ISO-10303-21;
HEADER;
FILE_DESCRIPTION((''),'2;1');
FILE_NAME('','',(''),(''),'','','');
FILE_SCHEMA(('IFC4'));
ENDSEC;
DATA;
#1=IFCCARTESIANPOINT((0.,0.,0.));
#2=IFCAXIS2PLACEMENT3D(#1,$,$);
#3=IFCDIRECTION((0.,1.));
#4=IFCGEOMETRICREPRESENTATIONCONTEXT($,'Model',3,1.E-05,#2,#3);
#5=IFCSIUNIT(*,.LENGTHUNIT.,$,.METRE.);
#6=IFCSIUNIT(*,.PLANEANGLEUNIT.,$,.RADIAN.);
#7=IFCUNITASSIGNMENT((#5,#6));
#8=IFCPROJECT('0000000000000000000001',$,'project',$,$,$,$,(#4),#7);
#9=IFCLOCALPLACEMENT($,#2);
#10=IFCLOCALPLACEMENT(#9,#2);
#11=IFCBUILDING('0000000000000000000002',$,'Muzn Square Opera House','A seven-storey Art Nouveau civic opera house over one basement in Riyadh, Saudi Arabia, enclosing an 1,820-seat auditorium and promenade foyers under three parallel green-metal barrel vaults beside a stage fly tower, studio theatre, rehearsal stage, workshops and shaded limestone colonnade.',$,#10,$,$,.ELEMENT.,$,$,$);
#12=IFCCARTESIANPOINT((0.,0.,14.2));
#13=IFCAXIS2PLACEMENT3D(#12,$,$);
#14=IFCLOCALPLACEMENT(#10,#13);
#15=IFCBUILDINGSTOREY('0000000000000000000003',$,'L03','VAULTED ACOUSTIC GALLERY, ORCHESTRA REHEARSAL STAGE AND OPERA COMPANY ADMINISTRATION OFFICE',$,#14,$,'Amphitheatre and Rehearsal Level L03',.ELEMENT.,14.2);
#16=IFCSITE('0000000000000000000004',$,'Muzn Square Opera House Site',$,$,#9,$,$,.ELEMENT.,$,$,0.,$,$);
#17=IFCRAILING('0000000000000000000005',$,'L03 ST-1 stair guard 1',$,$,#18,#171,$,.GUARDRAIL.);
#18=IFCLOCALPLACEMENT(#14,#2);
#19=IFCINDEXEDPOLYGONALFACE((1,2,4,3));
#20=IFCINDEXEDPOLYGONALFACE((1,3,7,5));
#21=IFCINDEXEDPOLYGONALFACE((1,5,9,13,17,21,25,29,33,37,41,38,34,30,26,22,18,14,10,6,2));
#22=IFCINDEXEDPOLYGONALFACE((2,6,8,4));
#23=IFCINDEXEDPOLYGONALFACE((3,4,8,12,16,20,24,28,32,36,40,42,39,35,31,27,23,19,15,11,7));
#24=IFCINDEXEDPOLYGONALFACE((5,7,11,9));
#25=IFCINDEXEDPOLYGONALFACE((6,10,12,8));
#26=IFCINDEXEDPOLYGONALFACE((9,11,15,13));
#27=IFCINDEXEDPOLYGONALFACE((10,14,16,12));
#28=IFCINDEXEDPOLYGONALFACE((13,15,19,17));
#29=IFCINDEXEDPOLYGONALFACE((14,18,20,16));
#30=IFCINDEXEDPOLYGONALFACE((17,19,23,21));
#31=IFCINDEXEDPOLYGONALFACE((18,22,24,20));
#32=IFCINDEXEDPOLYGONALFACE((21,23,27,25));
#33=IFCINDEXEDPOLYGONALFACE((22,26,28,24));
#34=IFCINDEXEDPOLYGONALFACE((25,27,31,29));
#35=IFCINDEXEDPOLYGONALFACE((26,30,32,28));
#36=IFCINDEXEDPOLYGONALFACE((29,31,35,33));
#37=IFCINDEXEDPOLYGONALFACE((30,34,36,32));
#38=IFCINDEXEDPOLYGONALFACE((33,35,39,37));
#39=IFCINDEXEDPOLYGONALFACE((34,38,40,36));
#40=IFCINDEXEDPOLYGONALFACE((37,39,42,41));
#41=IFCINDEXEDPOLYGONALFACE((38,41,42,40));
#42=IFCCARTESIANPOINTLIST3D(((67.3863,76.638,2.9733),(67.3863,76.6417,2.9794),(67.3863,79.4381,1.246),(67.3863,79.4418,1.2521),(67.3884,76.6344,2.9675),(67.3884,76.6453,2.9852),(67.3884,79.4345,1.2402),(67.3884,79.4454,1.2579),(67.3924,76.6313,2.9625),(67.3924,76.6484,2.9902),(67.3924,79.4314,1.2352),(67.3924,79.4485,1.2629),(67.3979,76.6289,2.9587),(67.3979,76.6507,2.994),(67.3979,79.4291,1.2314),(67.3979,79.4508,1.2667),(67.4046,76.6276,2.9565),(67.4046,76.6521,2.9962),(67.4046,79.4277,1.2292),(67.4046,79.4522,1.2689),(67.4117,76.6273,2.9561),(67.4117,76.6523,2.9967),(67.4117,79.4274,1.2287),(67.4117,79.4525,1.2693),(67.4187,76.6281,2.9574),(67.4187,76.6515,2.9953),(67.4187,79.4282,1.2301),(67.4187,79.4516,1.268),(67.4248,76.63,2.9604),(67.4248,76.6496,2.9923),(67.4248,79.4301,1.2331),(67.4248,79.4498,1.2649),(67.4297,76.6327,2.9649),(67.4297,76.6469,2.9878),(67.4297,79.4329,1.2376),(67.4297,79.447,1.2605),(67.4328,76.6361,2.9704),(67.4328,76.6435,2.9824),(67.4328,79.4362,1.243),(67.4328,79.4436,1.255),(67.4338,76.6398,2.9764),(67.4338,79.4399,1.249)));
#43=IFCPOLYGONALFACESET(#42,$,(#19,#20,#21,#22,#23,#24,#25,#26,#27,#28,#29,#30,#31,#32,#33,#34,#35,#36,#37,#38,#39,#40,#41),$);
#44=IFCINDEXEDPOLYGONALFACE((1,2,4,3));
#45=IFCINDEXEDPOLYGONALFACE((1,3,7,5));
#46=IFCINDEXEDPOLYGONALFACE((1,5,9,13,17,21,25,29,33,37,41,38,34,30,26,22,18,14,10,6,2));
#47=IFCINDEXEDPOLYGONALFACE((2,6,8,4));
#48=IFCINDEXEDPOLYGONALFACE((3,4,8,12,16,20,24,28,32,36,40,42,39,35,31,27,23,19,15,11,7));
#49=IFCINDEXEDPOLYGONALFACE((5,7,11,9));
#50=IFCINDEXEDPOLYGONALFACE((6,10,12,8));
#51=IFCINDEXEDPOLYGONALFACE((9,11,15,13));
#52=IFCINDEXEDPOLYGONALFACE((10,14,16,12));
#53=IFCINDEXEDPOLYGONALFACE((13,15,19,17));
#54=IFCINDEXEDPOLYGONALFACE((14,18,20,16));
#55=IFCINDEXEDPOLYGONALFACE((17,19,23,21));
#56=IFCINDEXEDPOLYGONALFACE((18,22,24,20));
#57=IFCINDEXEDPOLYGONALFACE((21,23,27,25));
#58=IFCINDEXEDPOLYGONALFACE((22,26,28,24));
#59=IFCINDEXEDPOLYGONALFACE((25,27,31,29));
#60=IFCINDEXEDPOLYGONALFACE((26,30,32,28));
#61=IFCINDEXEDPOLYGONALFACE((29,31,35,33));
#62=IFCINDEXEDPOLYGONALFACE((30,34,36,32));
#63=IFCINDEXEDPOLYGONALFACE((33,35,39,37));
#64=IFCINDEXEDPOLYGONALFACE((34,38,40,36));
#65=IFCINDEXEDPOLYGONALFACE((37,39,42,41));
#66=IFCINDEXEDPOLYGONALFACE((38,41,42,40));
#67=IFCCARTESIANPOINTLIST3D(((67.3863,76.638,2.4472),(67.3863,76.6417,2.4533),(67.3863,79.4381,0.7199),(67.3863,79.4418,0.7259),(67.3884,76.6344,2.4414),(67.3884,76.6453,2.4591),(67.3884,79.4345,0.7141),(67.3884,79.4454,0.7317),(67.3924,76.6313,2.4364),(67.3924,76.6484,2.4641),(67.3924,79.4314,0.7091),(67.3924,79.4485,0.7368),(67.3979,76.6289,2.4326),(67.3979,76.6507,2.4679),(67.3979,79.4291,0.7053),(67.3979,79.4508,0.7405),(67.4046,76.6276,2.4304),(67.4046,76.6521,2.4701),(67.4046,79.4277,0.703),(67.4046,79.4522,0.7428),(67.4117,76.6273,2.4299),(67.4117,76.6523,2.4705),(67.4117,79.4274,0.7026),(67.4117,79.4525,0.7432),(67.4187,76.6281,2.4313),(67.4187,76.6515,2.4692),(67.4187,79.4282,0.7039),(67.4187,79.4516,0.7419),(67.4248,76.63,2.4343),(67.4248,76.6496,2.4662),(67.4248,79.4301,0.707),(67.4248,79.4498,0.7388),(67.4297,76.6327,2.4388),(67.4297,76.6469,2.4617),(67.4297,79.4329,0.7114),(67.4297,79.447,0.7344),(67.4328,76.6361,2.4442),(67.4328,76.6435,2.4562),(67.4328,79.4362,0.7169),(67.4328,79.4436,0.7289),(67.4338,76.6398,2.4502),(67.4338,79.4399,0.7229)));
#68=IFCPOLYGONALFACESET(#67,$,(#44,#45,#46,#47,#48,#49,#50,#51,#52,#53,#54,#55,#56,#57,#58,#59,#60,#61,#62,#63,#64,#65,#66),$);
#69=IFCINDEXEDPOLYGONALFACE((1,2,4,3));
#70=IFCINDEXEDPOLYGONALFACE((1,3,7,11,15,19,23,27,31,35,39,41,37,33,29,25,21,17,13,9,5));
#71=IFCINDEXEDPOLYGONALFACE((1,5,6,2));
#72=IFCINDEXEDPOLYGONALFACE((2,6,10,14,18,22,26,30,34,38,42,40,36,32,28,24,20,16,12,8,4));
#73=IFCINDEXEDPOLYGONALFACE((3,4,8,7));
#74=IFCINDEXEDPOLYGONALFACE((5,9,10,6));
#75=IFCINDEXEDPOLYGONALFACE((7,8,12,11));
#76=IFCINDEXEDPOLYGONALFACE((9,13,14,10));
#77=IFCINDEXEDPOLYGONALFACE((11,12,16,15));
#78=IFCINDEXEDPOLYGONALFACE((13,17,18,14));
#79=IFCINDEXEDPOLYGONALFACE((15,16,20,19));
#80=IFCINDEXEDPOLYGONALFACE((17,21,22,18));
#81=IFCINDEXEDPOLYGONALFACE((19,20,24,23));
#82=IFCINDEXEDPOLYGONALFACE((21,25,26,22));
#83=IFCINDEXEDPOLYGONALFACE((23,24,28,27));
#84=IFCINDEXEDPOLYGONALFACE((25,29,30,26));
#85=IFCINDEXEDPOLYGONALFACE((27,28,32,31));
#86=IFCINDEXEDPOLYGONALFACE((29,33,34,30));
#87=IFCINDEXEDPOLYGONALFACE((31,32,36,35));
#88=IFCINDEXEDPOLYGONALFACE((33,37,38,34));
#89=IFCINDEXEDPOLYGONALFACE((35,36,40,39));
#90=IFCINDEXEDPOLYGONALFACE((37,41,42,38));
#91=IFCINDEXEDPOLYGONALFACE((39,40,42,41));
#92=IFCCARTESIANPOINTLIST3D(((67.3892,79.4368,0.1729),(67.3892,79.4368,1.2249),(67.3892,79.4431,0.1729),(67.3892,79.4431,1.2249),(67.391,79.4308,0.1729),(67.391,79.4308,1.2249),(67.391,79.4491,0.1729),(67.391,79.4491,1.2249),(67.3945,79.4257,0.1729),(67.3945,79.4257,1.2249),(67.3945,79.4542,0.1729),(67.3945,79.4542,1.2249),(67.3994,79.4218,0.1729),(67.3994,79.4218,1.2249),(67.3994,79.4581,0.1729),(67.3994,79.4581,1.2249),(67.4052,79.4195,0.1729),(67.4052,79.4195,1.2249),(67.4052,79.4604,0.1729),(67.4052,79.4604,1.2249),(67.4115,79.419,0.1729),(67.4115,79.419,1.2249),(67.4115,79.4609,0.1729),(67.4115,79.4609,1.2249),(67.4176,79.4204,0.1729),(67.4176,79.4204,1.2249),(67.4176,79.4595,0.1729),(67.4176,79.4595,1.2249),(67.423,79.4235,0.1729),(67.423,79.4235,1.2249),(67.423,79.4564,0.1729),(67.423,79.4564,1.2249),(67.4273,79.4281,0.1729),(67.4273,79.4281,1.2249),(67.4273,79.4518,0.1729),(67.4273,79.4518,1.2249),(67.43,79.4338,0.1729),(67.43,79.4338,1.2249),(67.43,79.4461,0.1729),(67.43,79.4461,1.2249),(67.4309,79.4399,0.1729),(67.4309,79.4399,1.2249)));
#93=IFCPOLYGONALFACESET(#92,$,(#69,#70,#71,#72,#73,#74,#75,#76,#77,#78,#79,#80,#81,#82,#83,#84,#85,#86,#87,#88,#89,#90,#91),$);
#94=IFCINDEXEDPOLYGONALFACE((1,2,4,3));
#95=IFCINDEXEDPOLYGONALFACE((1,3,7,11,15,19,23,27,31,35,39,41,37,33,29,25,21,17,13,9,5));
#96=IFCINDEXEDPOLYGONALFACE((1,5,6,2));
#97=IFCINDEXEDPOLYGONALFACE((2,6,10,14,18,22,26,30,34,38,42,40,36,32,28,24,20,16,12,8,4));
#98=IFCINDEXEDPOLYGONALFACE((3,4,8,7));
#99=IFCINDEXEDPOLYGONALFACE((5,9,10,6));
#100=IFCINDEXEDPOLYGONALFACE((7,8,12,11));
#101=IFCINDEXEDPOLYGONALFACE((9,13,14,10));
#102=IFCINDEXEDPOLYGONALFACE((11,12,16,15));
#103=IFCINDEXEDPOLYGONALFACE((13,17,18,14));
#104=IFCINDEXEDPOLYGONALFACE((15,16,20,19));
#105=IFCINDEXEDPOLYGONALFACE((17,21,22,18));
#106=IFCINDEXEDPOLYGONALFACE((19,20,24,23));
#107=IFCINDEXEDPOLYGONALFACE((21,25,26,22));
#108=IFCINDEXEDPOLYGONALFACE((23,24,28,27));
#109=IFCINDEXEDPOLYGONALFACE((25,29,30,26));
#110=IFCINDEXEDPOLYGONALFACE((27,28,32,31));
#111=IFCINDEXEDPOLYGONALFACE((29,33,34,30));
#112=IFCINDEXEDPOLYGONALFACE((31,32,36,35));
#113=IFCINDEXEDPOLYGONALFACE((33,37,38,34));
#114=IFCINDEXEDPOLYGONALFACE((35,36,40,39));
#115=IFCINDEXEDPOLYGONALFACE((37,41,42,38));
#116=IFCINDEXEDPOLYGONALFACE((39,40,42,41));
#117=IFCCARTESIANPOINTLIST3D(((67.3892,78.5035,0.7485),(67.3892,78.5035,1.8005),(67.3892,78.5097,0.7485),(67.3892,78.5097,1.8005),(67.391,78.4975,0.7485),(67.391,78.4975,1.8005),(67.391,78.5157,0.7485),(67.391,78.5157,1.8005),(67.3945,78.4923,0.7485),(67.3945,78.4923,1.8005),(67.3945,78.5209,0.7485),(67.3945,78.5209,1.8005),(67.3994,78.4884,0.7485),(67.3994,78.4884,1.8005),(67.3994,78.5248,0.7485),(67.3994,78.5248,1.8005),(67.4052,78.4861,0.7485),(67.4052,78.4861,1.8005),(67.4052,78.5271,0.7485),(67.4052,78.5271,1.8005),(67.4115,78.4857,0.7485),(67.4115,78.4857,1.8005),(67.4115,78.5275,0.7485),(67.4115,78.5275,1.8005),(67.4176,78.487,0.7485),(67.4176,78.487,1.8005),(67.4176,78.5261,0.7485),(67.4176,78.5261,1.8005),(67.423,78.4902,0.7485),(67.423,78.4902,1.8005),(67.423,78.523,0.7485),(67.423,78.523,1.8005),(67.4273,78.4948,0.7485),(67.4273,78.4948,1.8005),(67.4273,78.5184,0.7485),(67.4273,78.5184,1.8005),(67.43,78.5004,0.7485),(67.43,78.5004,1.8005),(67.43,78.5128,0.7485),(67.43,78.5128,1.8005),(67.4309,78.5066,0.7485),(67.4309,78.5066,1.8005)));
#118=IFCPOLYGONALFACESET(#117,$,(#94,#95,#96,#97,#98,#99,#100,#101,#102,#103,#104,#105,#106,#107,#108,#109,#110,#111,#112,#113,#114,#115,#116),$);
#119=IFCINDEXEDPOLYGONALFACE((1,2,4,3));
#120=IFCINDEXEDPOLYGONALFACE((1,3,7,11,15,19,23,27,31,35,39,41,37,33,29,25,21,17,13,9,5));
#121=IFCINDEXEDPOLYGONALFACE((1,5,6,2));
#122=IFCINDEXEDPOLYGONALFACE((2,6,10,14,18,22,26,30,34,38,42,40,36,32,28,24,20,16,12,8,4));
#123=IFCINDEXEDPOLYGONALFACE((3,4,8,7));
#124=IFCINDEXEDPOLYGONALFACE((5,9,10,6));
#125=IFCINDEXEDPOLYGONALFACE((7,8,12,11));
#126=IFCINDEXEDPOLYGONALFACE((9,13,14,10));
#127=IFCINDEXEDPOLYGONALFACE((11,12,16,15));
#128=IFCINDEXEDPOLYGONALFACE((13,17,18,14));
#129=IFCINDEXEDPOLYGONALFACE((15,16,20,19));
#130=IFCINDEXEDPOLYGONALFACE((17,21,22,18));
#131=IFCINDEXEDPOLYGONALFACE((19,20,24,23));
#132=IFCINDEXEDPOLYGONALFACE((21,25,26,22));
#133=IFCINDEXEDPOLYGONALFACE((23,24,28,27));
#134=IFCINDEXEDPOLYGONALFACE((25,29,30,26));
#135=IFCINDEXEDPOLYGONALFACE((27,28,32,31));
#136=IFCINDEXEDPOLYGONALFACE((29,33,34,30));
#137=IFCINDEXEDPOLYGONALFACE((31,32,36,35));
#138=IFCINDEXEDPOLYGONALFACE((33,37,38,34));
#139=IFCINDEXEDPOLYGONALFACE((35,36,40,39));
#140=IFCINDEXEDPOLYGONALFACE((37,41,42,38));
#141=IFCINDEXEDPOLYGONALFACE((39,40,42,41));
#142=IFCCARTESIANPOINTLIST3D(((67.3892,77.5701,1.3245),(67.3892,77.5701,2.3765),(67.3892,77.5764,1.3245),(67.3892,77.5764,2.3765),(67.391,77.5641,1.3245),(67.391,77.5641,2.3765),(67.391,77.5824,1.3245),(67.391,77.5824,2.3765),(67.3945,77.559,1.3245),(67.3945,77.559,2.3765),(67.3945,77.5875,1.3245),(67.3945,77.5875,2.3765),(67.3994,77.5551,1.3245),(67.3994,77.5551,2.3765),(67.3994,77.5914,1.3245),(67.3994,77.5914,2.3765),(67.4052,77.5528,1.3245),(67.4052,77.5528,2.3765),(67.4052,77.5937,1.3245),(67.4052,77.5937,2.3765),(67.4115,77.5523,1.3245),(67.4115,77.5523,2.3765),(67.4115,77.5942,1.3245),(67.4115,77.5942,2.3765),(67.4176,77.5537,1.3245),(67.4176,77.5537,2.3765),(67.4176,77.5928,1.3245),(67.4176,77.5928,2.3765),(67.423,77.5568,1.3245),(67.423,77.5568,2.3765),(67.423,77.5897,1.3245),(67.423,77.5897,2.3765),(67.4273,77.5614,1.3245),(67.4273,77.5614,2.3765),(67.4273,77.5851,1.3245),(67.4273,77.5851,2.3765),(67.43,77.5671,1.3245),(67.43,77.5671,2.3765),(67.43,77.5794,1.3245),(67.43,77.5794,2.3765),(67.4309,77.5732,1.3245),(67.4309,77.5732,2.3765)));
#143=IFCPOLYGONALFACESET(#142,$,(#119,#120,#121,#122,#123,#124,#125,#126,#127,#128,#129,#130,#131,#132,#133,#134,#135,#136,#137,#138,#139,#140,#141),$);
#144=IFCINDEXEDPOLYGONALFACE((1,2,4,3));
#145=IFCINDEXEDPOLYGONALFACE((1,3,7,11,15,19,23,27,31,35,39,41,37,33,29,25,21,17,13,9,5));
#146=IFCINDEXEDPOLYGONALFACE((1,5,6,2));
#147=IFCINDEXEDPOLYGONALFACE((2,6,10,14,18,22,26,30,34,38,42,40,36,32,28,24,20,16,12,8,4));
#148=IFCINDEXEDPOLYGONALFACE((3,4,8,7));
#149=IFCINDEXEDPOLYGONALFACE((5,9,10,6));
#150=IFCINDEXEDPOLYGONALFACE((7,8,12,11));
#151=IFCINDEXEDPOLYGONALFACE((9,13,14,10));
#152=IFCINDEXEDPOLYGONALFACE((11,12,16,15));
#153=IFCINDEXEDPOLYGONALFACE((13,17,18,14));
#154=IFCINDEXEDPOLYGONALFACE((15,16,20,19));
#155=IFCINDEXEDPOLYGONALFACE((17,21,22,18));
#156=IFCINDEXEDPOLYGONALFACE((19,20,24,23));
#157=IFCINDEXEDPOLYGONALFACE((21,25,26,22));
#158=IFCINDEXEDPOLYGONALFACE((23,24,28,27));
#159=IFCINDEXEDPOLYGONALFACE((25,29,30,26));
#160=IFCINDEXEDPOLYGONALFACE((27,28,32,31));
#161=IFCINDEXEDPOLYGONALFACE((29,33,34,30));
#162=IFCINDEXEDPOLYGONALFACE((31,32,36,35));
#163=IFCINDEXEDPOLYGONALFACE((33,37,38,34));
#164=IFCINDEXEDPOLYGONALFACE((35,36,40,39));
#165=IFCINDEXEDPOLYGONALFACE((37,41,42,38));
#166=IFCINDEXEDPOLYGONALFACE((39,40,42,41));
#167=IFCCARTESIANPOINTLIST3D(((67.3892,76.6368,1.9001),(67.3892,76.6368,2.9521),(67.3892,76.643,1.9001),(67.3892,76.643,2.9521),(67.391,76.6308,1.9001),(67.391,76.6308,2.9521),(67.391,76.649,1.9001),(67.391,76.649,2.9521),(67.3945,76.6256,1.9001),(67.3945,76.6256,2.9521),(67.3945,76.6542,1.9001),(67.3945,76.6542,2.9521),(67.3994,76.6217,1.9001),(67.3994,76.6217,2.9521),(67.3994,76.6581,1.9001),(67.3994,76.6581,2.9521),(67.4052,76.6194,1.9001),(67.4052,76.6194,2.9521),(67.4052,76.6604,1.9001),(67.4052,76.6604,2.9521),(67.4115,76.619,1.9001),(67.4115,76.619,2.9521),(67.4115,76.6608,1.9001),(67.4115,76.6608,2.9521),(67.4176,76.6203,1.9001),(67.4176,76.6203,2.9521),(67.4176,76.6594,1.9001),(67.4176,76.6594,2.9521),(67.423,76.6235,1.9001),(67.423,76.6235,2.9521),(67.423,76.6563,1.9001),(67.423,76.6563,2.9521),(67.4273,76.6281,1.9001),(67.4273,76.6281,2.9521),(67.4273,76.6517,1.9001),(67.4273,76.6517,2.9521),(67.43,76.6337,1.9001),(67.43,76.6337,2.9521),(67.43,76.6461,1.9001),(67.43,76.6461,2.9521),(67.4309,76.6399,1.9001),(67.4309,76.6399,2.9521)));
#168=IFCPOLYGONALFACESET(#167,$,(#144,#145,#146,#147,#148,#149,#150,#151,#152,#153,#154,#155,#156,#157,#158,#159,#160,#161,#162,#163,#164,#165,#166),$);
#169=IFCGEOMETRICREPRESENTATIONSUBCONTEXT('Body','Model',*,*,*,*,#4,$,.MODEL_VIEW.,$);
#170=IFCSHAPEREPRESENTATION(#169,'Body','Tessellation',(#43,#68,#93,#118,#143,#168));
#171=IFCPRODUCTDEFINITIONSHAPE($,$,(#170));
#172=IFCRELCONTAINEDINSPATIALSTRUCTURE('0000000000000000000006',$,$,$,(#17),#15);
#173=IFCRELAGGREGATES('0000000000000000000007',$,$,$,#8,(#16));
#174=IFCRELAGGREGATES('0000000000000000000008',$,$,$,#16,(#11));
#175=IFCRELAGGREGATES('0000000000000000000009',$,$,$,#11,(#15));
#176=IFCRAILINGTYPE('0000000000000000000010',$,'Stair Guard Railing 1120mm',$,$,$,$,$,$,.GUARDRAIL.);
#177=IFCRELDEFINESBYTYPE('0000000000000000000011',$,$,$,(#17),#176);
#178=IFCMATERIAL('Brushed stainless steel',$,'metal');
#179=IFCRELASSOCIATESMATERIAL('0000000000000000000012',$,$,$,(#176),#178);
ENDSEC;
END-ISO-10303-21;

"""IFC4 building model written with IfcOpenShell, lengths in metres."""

from ifc_helpers import new_model, si_unit, direction, frame, origin, origin_2d, place, context, subcontext, project, spatial, circle, extrude, material, type_object, element, save


model = new_model("IFC4")

# Units and contexts
model_context = context("Model", 3, precision=1e-05, world=origin(), true_north=direction((0.0, 1.0)))
body_context = subcontext(model_context, "Body", "Model", "MODEL_VIEW")
ifc_project = project(units=[si_unit("LENGTHUNIT", "METRE"), si_unit("PLANEANGLEUNIT", "RADIAN")], contexts=[model_context])

# Site, building, storey
site_placement = place(None, origin())
site = spatial("IfcSite", under=ifc_project, at=site_placement, Name="Muzn Square Opera House Site", CompositionType="ELEMENT", RefElevation=0.0)
building_placement = place(site_placement, origin())
building = spatial("IfcBuilding", under=site, at=building_placement, Name="Muzn Square Opera House", Description="A seven-storey Art Nouveau civic opera house over one basement in Riyadh, Saudi Arabia, enclosing an 1,820-seat auditorium and promenade foyers under three parallel green-metal barrel vaults beside a stage fly tower, studio theatre, rehearsal stage, workshops and shaded limestone colonnade.", CompositionType="ELEMENT")
storey_placement = place(building_placement, frame((0.0, 0.0, 14.2)))
storey = spatial("IfcBuildingStorey", under=building, at=storey_placement, Name="L03", Description="VAULTED ACOUSTIC GALLERY, ORCHESTRA REHEARSAL STAGE AND OPERA COMPANY ADMINISTRATION OFFICE", LongName="Amphitheatre and Rehearsal Level L03", CompositionType="ELEMENT", Elevation=14.2)

# Shared definitions
ifc_material_1 = material(Name="Brushed stainless steel", Category="metal")

# Railing
railing_type_1 = type_object("IfcRailingType", Name="Stair Guard Railing 1120mm", PredefinedType="GUARDRAIL", material=ifc_material_1)
railing_1_placement = place(storey_placement, frame((67.4099, 79.4399, 0.1729)))
element("IfcRailing", 1, at=railing_1_placement, inside=storey, type_object=railing_type_1, Name="L03 ST-1 stair guard 1", PredefinedType="GUARDRAIL", context=body_context, shape_type="SweptSolid", body=[
    extrude(circle(Radius=0.0239, at=origin_2d()), frame((0.0, 0.0, 1.0762), z_axis=(0.0, -0.85109, 0.52502), x_axis=(1.0, 0.0, 0.0)), (0.0, 0.0, 1.0), 3.29),
    extrude(circle(Radius=0.0239, at=origin_2d()), frame((0.0, 0.0, 0.55), z_axis=(0.0, -0.85109, 0.52502), x_axis=(1.0, 0.0, 0.0)), (0.0, 0.0, 1.0), 3.29),
    extrude(circle(Radius=0.021, at=origin_2d()), origin(), (0.0, 0.0, 1.0), 1.052),
    extrude(circle(Radius=0.021, at=origin_2d()), frame((0.0, -0.9333, 0.5757)), (0.0, 0.0, 1.0), 1.052),
    extrude(circle(Radius=0.021, at=origin_2d()), frame((0.0, -1.8667, 1.1516)), (0.0, 0.0, 1.0), 1.052),
    extrude(circle(Radius=0.021, at=origin_2d()), frame((0.0, -2.8, 1.7273)), (0.0, 0.0, 1.0), 1.052),
])

save(model, "model.ifc")
